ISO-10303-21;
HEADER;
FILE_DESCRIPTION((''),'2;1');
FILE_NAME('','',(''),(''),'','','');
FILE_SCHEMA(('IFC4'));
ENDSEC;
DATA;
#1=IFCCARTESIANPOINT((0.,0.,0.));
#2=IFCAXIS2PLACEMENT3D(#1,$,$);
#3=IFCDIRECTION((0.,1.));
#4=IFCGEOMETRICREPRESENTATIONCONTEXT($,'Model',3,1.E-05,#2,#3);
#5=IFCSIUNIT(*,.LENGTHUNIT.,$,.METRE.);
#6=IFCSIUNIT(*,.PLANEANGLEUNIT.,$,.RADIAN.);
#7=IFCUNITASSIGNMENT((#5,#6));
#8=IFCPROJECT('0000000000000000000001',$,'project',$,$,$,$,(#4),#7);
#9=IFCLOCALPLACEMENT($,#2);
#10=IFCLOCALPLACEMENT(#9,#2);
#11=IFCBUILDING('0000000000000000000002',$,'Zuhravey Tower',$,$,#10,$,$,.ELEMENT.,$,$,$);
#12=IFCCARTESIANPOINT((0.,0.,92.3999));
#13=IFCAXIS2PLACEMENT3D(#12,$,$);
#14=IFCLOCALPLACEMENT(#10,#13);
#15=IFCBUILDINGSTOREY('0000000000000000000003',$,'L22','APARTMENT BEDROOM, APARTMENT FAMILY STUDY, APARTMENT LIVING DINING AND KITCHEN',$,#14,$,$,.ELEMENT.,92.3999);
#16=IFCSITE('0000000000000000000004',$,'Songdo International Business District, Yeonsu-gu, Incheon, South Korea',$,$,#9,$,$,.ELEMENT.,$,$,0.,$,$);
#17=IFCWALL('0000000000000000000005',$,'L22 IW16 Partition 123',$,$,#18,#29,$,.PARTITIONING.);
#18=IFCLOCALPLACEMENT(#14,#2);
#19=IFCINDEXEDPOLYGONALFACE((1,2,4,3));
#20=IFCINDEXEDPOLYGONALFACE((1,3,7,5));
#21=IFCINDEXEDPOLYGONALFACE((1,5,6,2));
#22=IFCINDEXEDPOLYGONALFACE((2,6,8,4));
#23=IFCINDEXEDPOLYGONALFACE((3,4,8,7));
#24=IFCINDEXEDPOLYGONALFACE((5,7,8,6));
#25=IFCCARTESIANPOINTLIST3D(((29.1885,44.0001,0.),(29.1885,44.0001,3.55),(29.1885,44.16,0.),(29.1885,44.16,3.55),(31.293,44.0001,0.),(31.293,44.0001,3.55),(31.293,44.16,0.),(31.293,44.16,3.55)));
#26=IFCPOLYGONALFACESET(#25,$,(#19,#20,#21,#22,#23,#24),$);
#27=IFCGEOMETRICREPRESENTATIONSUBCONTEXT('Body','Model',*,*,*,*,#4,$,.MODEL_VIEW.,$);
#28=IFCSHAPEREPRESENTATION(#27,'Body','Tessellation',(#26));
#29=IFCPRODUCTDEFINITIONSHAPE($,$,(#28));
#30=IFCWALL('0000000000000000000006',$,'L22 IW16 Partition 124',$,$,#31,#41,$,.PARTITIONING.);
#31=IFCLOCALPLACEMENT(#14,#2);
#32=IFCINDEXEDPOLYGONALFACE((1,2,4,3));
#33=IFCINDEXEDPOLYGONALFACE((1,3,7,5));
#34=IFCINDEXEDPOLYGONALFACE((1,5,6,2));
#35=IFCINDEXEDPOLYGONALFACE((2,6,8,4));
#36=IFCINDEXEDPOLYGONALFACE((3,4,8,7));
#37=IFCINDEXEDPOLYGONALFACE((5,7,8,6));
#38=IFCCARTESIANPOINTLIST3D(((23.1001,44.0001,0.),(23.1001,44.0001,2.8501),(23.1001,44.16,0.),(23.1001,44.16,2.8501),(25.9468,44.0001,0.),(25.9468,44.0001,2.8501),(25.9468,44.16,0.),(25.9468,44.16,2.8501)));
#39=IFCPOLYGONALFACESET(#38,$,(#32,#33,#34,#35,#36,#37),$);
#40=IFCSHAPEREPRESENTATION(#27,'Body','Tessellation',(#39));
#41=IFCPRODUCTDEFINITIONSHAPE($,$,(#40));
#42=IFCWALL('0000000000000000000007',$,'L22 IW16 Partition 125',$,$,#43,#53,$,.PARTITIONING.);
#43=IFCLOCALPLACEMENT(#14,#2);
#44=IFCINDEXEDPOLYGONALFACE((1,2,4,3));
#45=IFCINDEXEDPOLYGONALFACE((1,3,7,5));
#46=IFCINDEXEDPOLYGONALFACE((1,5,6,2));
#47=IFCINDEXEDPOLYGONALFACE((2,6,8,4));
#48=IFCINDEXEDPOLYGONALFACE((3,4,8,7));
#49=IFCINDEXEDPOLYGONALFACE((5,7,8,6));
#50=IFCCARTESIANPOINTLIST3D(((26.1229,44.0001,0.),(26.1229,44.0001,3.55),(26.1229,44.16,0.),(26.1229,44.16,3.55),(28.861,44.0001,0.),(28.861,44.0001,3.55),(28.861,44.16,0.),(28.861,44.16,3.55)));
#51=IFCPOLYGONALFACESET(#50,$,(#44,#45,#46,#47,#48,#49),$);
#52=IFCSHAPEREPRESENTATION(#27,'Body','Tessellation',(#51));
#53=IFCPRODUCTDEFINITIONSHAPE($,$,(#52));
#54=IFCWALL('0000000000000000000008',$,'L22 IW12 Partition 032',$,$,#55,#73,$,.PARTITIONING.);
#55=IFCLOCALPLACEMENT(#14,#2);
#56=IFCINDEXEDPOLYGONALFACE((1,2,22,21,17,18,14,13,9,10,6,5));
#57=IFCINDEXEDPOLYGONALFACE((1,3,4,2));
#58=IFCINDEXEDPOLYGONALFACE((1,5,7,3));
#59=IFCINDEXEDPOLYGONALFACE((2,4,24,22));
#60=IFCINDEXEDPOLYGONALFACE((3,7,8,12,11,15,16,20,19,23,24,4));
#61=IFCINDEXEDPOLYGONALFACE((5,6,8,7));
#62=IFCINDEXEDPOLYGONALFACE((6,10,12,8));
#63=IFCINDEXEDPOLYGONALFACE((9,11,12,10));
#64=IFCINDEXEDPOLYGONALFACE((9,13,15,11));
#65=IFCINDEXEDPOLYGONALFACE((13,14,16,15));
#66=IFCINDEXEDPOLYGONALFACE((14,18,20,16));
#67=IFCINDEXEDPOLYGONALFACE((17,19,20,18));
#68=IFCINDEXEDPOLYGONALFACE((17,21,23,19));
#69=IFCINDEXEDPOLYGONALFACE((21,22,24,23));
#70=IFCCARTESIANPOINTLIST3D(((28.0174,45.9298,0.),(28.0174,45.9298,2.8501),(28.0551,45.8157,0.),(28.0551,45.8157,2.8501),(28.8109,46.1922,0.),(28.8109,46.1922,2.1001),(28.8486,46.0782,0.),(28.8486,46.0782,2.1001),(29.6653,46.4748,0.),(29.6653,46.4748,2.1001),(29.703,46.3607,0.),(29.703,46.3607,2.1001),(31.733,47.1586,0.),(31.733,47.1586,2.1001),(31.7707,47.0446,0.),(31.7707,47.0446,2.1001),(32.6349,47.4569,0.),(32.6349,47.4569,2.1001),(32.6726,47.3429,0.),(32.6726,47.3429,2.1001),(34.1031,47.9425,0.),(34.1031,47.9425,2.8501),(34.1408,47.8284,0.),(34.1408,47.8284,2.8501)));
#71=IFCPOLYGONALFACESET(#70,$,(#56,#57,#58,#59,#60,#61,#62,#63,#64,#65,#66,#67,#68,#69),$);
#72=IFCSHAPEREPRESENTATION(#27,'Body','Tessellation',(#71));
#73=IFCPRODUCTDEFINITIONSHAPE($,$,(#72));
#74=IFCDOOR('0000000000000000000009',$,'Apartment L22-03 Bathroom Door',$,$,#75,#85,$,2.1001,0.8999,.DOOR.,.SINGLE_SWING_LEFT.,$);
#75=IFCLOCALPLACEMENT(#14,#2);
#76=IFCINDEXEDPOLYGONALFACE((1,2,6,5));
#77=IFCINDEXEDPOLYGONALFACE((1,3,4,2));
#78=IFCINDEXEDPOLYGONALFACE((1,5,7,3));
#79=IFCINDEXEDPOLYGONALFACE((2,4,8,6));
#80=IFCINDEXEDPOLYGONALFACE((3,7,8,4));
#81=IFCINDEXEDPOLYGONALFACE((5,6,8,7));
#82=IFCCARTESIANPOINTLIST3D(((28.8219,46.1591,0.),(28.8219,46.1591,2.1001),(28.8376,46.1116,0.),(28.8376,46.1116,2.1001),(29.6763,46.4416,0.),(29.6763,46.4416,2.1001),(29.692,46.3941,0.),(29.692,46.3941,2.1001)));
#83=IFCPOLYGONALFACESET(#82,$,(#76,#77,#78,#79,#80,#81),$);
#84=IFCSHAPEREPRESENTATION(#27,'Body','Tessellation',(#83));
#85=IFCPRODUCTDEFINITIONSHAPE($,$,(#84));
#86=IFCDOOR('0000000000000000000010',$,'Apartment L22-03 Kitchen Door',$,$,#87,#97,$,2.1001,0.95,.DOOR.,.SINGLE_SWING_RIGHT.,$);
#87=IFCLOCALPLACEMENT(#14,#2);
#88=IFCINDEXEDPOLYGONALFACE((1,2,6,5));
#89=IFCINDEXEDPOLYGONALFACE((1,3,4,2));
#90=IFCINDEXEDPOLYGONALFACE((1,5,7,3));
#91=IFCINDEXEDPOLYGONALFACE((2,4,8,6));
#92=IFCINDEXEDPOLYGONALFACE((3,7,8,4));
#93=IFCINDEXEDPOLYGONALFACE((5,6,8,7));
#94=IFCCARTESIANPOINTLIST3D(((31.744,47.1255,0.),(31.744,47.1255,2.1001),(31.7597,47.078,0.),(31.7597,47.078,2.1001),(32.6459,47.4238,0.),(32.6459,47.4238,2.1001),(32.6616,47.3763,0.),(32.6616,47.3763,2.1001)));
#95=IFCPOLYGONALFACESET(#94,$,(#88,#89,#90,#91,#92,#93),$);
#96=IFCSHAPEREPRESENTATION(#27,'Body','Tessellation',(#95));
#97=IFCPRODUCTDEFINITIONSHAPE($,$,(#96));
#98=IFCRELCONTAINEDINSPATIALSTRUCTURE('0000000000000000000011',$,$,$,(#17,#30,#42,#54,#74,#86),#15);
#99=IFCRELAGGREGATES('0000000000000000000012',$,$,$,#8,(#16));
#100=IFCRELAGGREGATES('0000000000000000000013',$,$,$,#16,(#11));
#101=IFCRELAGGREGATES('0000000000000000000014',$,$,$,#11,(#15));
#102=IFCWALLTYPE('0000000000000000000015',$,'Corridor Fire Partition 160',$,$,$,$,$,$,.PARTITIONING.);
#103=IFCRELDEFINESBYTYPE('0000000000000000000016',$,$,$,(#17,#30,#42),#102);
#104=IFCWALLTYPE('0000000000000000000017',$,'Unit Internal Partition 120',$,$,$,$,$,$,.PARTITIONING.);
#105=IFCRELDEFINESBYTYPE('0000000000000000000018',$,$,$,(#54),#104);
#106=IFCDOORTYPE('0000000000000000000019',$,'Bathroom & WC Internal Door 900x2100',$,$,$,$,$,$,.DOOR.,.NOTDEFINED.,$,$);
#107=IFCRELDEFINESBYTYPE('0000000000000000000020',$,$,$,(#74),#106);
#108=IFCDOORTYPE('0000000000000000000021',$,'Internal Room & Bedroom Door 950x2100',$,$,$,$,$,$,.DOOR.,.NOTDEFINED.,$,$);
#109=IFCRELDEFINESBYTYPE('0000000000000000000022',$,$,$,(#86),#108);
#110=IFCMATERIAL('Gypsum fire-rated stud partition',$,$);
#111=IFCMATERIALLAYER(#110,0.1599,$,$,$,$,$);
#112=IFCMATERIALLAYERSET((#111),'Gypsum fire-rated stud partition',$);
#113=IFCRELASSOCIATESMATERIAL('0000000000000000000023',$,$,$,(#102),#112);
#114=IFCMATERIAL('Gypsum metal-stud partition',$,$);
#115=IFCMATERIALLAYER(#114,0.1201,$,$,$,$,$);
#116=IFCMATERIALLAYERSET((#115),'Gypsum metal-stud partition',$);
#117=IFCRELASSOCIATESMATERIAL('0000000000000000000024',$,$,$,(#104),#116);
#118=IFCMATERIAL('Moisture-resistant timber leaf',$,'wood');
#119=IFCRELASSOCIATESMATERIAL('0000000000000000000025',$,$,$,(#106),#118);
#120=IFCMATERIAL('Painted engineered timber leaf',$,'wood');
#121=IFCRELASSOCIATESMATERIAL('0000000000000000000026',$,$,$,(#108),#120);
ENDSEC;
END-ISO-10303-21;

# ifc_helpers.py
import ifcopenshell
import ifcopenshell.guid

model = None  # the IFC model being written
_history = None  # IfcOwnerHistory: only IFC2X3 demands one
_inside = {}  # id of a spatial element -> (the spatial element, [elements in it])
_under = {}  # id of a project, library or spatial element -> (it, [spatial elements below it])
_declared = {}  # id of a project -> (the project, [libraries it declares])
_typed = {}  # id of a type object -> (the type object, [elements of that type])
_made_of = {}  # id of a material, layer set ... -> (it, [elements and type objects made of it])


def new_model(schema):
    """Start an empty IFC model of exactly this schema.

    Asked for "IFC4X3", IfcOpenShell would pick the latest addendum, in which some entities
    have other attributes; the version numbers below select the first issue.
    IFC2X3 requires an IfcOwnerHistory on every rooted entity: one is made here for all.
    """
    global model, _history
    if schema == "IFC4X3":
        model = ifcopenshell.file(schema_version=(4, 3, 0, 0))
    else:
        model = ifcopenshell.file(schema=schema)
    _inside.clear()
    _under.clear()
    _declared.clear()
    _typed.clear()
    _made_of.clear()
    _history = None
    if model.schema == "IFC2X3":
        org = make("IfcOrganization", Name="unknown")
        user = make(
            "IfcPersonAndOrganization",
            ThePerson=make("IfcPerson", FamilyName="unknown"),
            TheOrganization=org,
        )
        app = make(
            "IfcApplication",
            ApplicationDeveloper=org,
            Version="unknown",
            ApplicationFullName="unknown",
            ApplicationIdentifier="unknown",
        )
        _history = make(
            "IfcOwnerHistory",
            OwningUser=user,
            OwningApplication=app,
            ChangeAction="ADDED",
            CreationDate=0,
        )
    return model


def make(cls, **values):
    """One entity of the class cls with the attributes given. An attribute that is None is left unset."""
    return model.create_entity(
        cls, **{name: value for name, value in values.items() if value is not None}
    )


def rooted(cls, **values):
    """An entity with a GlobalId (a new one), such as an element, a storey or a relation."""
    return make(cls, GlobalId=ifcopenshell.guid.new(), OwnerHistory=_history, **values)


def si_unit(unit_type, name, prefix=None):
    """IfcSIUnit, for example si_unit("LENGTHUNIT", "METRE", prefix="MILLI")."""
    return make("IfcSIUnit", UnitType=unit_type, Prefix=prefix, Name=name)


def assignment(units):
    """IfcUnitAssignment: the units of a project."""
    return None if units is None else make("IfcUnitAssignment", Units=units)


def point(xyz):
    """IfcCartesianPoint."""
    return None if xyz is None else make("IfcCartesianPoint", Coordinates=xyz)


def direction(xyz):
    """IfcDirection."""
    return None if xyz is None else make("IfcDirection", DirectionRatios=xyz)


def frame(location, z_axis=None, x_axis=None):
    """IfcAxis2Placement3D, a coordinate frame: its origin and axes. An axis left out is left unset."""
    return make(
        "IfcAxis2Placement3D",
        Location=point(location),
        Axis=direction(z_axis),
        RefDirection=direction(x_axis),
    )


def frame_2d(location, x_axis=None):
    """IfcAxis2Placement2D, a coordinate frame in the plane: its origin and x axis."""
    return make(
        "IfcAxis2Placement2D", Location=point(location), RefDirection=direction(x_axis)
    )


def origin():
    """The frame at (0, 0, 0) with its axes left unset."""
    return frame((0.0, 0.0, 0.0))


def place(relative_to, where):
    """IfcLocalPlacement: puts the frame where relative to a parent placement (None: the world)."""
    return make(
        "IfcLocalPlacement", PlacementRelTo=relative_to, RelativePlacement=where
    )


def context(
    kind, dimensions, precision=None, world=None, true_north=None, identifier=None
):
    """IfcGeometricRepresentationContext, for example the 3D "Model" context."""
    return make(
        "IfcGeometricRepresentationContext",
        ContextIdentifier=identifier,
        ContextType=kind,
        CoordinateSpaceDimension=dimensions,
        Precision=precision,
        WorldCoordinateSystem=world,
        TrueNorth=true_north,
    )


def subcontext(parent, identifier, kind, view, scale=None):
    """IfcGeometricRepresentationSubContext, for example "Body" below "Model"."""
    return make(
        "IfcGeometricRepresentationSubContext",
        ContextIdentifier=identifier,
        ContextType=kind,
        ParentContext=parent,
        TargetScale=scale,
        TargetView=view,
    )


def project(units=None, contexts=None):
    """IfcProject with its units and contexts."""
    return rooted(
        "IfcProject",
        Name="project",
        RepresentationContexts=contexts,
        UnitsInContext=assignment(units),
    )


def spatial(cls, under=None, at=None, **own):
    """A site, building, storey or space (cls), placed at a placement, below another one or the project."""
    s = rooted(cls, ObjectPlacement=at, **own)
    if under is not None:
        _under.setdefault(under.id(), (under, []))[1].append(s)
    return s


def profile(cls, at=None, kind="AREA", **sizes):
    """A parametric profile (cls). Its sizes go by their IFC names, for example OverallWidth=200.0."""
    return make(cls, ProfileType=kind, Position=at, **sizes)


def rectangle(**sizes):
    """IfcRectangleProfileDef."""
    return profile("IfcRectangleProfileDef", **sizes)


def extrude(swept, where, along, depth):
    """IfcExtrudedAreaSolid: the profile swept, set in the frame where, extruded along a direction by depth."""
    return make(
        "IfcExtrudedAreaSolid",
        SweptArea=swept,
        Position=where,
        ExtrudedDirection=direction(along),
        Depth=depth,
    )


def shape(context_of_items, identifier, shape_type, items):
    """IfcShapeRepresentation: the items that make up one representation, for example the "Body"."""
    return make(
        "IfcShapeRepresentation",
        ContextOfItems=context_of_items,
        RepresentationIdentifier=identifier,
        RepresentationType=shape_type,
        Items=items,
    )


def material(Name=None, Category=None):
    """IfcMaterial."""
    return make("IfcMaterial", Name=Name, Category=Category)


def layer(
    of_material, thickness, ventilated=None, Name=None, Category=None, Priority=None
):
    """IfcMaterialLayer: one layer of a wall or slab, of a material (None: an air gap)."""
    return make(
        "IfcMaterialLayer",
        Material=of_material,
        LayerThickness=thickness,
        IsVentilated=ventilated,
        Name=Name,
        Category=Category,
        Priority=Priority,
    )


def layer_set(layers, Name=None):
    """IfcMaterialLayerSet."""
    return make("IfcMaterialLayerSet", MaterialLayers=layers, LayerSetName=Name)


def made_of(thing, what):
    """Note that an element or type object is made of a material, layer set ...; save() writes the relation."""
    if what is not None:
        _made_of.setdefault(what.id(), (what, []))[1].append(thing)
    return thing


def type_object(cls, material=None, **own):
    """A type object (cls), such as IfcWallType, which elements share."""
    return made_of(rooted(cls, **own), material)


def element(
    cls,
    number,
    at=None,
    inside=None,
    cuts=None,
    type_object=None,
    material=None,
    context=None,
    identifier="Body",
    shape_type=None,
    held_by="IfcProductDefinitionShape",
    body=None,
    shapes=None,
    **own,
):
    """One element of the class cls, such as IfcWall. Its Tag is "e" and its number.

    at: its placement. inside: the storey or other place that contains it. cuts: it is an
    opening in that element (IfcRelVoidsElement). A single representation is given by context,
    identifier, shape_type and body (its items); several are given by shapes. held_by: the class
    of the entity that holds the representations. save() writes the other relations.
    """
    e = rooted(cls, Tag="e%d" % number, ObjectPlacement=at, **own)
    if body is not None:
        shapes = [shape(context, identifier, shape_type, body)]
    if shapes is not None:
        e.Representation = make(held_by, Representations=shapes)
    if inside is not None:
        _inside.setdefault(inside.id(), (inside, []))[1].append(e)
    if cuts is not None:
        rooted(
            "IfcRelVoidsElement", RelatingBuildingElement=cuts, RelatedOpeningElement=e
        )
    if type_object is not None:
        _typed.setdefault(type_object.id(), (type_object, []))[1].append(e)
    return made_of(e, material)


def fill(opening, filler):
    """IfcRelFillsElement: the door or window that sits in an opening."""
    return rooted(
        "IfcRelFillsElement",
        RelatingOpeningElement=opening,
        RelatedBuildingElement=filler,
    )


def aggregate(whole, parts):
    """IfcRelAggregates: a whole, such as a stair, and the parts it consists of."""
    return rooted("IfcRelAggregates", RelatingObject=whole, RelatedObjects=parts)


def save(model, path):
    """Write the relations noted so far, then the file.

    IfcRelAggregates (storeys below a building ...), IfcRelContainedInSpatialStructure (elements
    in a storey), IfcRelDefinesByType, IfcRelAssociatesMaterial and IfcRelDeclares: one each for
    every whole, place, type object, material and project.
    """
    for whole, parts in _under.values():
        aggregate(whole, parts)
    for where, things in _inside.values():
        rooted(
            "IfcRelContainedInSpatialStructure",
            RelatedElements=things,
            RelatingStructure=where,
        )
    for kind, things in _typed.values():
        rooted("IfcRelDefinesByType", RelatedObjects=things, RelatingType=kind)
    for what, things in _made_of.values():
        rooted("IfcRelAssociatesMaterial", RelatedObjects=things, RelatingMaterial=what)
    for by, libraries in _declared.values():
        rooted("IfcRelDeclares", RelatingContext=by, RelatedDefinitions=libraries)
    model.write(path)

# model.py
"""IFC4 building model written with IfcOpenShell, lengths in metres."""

from ifc_helpers import new_model, si_unit, direction, frame, frame_2d, origin, place, context, subcontext, project, spatial, rectangle, extrude, material, layer, layer_set, type_object, element, fill, save


model = new_model("IFC4")

# Units and contexts
model_context = context("Model", 3, precision=1e-05, world=origin(), true_north=direction((0.0, 1.0)))
body_context = subcontext(model_context, "Body", "Model", "MODEL_VIEW")
ifc_project = project(units=[si_unit("LENGTHUNIT", "METRE"), si_unit("PLANEANGLEUNIT", "RADIAN")], contexts=[model_context])

# Site, building, storey
site_placement = place(None, origin())
site = spatial("IfcSite", under=ifc_project, at=site_placement, Name="Songdo International Business District, Yeonsu-gu, Incheon, South Korea", CompositionType="ELEMENT", RefElevation=0.0)
building_placement = place(site_placement, origin())
building = spatial("IfcBuilding", under=site, at=building_placement, Name="Zuhravey Tower", CompositionType="ELEMENT")
storey_placement = place(building_placement, frame((0.0, 0.0, 92.3999)))
storey = spatial("IfcBuildingStorey", under=building, at=storey_placement, Name="L22", Description="APARTMENT BEDROOM, APARTMENT FAMILY STUDY, APARTMENT LIVING DINING AND KITCHEN", CompositionType="ELEMENT", Elevation=92.3999)

# Walls
ifc_material_1 = material(Name="Gypsum fire-rated stud partition")
ifc_layer_1 = layer(ifc_material_1, 0.1599)
ifc_layer_set_1 = layer_set([ifc_layer_1], Name="Gypsum fire-rated stud partition")
wall_type_1 = type_object("IfcWallType", Name="Corridor Fire Partition 160", PredefinedType="PARTITIONING", material=ifc_layer_set_1)
wall_1_placement = place(storey_placement, frame((31.293, 44.0801, 0.0), z_axis=(0.0, 0.0, 1.0), x_axis=(-1.0, 0.0, 0.0)))
element("IfcWall", 1, at=wall_1_placement, inside=storey, type_object=wall_type_1, Name="L22 IW16 Partition 123", PredefinedType="PARTITIONING", context=body_context, shape_type="SweptSolid", body=[
    extrude(rectangle(XDim=2.1045, YDim=0.1599, at=frame_2d((1.0522, 0.0))), origin(), (0.0, 0.0, 1.0), 3.55),
])
wall_2_placement = place(storey_placement, frame((25.9468, 44.0801, 0.0), z_axis=(0.0, 0.0, 1.0), x_axis=(-1.0, 0.0, 0.0)))
element("IfcWall", 2, at=wall_2_placement, inside=storey, type_object=wall_type_1, Name="L22 IW16 Partition 124", PredefinedType="PARTITIONING", context=body_context, shape_type="SweptSolid", body=[
    extrude(rectangle(XDim=2.8467, YDim=0.1599, at=frame_2d((1.4233, 0.0))), origin(), (0.0, 0.0, 1.0), 2.8501),
])
wall_3_placement = place(storey_placement, frame((28.8611, 44.0801, 0.0), z_axis=(0.0, 0.0, 1.0), x_axis=(-1.0, 0.0, 0.0)))
element("IfcWall", 3, at=wall_3_placement, inside=storey, type_object=wall_type_1, Name="L22 IW16 Partition 125", PredefinedType="PARTITIONING", context=body_context, shape_type="SweptSolid", body=[
    extrude(rectangle(XDim=2.738, YDim=0.1599, at=frame_2d((1.3691, 0.0))), origin(), (0.0, 0.0, 1.0), 3.55),
])

# Wall, openings, doors
ifc_material_2 = material(Name="Gypsum metal-stud partition")
ifc_layer_2 = layer(ifc_material_2, 0.1201)
ifc_layer_set_2 = layer_set([ifc_layer_2], Name="Gypsum metal-stud partition")
wall_type_2 = type_object("IfcWallType", Name="Unit Internal Partition 120", PredefinedType="PARTITIONING", material=ifc_layer_set_2)
wall_4_placement = place(storey_placement, frame((34.1221, 47.8855, 0.0), z_axis=(0.0, 0.0, 1.0), x_axis=(-0.949423, -0.313999, 0.0)))
wall_4 = element("IfcWall", 4, at=wall_4_placement, inside=storey, type_object=wall_type_2, Name="L22 IW12 Partition 032", PredefinedType="PARTITIONING", context=body_context, shape_type="SweptSolid", body=[
    extrude(rectangle(XDim=6.4099, YDim=0.1201, at=frame_2d((3.2051, 0.0))), origin(), (0.0, 0.0, 1.0), 2.8501),
])
opening_1_placement = place(wall_4_placement, frame((1.5464, 0.0, 0.0)))
opening_1 = element("IfcOpeningElement", 5, at=opening_1_placement, cuts=wall_4, PredefinedType="OPENING", context=body_context, shape_type="SweptSolid", body=[
    extrude(rectangle(XDim=0.95, YDim=2.1001, at=frame_2d((0.4751, 1.05))), frame((0.0, 0.072, 0.0), z_axis=(0.0, -1.0, 0.0), x_axis=(1.0, 0.0, 0.0)), (0.0, 0.0, 1.0), 0.144),
])
opening_2_placement = place(wall_4_placement, frame((4.6743, 0.0, 0.0)))
opening_2 = element("IfcOpeningElement", 6, at=opening_2_placement, cuts=wall_4, PredefinedType="OPENING", context=body_context, shape_type="SweptSolid", body=[
    extrude(rectangle(XDim=0.8999, YDim=2.1001, at=frame_2d((0.45, 1.05))), frame((0.0, 0.072, 0.0), z_axis=(0.0, -1.0, 0.0), x_axis=(1.0, 0.0, 0.0)), (0.0, 0.0, 1.0), 0.144),
])
ifc_material_3 = material(Name="Moisture-resistant timber leaf", Category="wood")
door_type_1 = type_object("IfcDoorType", Name="Bathroom & WC Internal Door 900x2100", OperationType="NOTDEFINED", PredefinedType="DOOR", material=ifc_material_3)
door_1_placement = place(opening_2_placement, origin())
door_1 = element("IfcDoor", 7, at=door_1_placement, inside=storey, type_object=door_type_1, Name="Apartment L22-03 Bathroom Door", OperationType="SINGLE_SWING_LEFT", OverallHeight=2.1001, OverallWidth=0.8999, PredefinedType="DOOR", context=body_context, shape_type="SweptSolid", body=[
    extrude(rectangle(XDim=0.8999, YDim=2.1001, at=frame_2d((0.45, 1.05))), frame((0.0, 0.0249, 0.0), z_axis=(0.0, -1.0, 0.0), x_axis=(1.0, 0.0, 0.0)), (0.0, 0.0, 1.0), 0.05),
])
fill(opening_2, door_1)
ifc_material_4 = material(Name="Painted engineered timber leaf", Category="wood")
door_type_2 = type_object("IfcDoorType", Name="Internal Room & Bedroom Door 950x2100", OperationType="NOTDEFINED", PredefinedType="DOOR", material=ifc_material_4)
door_2_placement = place(opening_1_placement, origin())
door_2 = element("IfcDoor", 8, at=door_2_placement, inside=storey, type_object=door_type_2, Name="Apartment L22-03 Kitchen Door", OperationType="SINGLE_SWING_RIGHT", OverallHeight=2.1001, OverallWidth=0.95, PredefinedType="DOOR", context=body_context, shape_type="SweptSolid", body=[
    extrude(rectangle(XDim=0.95, YDim=2.1001, at=frame_2d((0.4751, 1.05))), frame((0.0, 0.0249, 0.0), z_axis=(0.0, -1.0, 0.0), x_axis=(1.0, 0.0, 0.0)), (0.0, 0.0, 1.0), 0.05),
])
fill(opening_1, door_2)

save(model, "model.ifc")
